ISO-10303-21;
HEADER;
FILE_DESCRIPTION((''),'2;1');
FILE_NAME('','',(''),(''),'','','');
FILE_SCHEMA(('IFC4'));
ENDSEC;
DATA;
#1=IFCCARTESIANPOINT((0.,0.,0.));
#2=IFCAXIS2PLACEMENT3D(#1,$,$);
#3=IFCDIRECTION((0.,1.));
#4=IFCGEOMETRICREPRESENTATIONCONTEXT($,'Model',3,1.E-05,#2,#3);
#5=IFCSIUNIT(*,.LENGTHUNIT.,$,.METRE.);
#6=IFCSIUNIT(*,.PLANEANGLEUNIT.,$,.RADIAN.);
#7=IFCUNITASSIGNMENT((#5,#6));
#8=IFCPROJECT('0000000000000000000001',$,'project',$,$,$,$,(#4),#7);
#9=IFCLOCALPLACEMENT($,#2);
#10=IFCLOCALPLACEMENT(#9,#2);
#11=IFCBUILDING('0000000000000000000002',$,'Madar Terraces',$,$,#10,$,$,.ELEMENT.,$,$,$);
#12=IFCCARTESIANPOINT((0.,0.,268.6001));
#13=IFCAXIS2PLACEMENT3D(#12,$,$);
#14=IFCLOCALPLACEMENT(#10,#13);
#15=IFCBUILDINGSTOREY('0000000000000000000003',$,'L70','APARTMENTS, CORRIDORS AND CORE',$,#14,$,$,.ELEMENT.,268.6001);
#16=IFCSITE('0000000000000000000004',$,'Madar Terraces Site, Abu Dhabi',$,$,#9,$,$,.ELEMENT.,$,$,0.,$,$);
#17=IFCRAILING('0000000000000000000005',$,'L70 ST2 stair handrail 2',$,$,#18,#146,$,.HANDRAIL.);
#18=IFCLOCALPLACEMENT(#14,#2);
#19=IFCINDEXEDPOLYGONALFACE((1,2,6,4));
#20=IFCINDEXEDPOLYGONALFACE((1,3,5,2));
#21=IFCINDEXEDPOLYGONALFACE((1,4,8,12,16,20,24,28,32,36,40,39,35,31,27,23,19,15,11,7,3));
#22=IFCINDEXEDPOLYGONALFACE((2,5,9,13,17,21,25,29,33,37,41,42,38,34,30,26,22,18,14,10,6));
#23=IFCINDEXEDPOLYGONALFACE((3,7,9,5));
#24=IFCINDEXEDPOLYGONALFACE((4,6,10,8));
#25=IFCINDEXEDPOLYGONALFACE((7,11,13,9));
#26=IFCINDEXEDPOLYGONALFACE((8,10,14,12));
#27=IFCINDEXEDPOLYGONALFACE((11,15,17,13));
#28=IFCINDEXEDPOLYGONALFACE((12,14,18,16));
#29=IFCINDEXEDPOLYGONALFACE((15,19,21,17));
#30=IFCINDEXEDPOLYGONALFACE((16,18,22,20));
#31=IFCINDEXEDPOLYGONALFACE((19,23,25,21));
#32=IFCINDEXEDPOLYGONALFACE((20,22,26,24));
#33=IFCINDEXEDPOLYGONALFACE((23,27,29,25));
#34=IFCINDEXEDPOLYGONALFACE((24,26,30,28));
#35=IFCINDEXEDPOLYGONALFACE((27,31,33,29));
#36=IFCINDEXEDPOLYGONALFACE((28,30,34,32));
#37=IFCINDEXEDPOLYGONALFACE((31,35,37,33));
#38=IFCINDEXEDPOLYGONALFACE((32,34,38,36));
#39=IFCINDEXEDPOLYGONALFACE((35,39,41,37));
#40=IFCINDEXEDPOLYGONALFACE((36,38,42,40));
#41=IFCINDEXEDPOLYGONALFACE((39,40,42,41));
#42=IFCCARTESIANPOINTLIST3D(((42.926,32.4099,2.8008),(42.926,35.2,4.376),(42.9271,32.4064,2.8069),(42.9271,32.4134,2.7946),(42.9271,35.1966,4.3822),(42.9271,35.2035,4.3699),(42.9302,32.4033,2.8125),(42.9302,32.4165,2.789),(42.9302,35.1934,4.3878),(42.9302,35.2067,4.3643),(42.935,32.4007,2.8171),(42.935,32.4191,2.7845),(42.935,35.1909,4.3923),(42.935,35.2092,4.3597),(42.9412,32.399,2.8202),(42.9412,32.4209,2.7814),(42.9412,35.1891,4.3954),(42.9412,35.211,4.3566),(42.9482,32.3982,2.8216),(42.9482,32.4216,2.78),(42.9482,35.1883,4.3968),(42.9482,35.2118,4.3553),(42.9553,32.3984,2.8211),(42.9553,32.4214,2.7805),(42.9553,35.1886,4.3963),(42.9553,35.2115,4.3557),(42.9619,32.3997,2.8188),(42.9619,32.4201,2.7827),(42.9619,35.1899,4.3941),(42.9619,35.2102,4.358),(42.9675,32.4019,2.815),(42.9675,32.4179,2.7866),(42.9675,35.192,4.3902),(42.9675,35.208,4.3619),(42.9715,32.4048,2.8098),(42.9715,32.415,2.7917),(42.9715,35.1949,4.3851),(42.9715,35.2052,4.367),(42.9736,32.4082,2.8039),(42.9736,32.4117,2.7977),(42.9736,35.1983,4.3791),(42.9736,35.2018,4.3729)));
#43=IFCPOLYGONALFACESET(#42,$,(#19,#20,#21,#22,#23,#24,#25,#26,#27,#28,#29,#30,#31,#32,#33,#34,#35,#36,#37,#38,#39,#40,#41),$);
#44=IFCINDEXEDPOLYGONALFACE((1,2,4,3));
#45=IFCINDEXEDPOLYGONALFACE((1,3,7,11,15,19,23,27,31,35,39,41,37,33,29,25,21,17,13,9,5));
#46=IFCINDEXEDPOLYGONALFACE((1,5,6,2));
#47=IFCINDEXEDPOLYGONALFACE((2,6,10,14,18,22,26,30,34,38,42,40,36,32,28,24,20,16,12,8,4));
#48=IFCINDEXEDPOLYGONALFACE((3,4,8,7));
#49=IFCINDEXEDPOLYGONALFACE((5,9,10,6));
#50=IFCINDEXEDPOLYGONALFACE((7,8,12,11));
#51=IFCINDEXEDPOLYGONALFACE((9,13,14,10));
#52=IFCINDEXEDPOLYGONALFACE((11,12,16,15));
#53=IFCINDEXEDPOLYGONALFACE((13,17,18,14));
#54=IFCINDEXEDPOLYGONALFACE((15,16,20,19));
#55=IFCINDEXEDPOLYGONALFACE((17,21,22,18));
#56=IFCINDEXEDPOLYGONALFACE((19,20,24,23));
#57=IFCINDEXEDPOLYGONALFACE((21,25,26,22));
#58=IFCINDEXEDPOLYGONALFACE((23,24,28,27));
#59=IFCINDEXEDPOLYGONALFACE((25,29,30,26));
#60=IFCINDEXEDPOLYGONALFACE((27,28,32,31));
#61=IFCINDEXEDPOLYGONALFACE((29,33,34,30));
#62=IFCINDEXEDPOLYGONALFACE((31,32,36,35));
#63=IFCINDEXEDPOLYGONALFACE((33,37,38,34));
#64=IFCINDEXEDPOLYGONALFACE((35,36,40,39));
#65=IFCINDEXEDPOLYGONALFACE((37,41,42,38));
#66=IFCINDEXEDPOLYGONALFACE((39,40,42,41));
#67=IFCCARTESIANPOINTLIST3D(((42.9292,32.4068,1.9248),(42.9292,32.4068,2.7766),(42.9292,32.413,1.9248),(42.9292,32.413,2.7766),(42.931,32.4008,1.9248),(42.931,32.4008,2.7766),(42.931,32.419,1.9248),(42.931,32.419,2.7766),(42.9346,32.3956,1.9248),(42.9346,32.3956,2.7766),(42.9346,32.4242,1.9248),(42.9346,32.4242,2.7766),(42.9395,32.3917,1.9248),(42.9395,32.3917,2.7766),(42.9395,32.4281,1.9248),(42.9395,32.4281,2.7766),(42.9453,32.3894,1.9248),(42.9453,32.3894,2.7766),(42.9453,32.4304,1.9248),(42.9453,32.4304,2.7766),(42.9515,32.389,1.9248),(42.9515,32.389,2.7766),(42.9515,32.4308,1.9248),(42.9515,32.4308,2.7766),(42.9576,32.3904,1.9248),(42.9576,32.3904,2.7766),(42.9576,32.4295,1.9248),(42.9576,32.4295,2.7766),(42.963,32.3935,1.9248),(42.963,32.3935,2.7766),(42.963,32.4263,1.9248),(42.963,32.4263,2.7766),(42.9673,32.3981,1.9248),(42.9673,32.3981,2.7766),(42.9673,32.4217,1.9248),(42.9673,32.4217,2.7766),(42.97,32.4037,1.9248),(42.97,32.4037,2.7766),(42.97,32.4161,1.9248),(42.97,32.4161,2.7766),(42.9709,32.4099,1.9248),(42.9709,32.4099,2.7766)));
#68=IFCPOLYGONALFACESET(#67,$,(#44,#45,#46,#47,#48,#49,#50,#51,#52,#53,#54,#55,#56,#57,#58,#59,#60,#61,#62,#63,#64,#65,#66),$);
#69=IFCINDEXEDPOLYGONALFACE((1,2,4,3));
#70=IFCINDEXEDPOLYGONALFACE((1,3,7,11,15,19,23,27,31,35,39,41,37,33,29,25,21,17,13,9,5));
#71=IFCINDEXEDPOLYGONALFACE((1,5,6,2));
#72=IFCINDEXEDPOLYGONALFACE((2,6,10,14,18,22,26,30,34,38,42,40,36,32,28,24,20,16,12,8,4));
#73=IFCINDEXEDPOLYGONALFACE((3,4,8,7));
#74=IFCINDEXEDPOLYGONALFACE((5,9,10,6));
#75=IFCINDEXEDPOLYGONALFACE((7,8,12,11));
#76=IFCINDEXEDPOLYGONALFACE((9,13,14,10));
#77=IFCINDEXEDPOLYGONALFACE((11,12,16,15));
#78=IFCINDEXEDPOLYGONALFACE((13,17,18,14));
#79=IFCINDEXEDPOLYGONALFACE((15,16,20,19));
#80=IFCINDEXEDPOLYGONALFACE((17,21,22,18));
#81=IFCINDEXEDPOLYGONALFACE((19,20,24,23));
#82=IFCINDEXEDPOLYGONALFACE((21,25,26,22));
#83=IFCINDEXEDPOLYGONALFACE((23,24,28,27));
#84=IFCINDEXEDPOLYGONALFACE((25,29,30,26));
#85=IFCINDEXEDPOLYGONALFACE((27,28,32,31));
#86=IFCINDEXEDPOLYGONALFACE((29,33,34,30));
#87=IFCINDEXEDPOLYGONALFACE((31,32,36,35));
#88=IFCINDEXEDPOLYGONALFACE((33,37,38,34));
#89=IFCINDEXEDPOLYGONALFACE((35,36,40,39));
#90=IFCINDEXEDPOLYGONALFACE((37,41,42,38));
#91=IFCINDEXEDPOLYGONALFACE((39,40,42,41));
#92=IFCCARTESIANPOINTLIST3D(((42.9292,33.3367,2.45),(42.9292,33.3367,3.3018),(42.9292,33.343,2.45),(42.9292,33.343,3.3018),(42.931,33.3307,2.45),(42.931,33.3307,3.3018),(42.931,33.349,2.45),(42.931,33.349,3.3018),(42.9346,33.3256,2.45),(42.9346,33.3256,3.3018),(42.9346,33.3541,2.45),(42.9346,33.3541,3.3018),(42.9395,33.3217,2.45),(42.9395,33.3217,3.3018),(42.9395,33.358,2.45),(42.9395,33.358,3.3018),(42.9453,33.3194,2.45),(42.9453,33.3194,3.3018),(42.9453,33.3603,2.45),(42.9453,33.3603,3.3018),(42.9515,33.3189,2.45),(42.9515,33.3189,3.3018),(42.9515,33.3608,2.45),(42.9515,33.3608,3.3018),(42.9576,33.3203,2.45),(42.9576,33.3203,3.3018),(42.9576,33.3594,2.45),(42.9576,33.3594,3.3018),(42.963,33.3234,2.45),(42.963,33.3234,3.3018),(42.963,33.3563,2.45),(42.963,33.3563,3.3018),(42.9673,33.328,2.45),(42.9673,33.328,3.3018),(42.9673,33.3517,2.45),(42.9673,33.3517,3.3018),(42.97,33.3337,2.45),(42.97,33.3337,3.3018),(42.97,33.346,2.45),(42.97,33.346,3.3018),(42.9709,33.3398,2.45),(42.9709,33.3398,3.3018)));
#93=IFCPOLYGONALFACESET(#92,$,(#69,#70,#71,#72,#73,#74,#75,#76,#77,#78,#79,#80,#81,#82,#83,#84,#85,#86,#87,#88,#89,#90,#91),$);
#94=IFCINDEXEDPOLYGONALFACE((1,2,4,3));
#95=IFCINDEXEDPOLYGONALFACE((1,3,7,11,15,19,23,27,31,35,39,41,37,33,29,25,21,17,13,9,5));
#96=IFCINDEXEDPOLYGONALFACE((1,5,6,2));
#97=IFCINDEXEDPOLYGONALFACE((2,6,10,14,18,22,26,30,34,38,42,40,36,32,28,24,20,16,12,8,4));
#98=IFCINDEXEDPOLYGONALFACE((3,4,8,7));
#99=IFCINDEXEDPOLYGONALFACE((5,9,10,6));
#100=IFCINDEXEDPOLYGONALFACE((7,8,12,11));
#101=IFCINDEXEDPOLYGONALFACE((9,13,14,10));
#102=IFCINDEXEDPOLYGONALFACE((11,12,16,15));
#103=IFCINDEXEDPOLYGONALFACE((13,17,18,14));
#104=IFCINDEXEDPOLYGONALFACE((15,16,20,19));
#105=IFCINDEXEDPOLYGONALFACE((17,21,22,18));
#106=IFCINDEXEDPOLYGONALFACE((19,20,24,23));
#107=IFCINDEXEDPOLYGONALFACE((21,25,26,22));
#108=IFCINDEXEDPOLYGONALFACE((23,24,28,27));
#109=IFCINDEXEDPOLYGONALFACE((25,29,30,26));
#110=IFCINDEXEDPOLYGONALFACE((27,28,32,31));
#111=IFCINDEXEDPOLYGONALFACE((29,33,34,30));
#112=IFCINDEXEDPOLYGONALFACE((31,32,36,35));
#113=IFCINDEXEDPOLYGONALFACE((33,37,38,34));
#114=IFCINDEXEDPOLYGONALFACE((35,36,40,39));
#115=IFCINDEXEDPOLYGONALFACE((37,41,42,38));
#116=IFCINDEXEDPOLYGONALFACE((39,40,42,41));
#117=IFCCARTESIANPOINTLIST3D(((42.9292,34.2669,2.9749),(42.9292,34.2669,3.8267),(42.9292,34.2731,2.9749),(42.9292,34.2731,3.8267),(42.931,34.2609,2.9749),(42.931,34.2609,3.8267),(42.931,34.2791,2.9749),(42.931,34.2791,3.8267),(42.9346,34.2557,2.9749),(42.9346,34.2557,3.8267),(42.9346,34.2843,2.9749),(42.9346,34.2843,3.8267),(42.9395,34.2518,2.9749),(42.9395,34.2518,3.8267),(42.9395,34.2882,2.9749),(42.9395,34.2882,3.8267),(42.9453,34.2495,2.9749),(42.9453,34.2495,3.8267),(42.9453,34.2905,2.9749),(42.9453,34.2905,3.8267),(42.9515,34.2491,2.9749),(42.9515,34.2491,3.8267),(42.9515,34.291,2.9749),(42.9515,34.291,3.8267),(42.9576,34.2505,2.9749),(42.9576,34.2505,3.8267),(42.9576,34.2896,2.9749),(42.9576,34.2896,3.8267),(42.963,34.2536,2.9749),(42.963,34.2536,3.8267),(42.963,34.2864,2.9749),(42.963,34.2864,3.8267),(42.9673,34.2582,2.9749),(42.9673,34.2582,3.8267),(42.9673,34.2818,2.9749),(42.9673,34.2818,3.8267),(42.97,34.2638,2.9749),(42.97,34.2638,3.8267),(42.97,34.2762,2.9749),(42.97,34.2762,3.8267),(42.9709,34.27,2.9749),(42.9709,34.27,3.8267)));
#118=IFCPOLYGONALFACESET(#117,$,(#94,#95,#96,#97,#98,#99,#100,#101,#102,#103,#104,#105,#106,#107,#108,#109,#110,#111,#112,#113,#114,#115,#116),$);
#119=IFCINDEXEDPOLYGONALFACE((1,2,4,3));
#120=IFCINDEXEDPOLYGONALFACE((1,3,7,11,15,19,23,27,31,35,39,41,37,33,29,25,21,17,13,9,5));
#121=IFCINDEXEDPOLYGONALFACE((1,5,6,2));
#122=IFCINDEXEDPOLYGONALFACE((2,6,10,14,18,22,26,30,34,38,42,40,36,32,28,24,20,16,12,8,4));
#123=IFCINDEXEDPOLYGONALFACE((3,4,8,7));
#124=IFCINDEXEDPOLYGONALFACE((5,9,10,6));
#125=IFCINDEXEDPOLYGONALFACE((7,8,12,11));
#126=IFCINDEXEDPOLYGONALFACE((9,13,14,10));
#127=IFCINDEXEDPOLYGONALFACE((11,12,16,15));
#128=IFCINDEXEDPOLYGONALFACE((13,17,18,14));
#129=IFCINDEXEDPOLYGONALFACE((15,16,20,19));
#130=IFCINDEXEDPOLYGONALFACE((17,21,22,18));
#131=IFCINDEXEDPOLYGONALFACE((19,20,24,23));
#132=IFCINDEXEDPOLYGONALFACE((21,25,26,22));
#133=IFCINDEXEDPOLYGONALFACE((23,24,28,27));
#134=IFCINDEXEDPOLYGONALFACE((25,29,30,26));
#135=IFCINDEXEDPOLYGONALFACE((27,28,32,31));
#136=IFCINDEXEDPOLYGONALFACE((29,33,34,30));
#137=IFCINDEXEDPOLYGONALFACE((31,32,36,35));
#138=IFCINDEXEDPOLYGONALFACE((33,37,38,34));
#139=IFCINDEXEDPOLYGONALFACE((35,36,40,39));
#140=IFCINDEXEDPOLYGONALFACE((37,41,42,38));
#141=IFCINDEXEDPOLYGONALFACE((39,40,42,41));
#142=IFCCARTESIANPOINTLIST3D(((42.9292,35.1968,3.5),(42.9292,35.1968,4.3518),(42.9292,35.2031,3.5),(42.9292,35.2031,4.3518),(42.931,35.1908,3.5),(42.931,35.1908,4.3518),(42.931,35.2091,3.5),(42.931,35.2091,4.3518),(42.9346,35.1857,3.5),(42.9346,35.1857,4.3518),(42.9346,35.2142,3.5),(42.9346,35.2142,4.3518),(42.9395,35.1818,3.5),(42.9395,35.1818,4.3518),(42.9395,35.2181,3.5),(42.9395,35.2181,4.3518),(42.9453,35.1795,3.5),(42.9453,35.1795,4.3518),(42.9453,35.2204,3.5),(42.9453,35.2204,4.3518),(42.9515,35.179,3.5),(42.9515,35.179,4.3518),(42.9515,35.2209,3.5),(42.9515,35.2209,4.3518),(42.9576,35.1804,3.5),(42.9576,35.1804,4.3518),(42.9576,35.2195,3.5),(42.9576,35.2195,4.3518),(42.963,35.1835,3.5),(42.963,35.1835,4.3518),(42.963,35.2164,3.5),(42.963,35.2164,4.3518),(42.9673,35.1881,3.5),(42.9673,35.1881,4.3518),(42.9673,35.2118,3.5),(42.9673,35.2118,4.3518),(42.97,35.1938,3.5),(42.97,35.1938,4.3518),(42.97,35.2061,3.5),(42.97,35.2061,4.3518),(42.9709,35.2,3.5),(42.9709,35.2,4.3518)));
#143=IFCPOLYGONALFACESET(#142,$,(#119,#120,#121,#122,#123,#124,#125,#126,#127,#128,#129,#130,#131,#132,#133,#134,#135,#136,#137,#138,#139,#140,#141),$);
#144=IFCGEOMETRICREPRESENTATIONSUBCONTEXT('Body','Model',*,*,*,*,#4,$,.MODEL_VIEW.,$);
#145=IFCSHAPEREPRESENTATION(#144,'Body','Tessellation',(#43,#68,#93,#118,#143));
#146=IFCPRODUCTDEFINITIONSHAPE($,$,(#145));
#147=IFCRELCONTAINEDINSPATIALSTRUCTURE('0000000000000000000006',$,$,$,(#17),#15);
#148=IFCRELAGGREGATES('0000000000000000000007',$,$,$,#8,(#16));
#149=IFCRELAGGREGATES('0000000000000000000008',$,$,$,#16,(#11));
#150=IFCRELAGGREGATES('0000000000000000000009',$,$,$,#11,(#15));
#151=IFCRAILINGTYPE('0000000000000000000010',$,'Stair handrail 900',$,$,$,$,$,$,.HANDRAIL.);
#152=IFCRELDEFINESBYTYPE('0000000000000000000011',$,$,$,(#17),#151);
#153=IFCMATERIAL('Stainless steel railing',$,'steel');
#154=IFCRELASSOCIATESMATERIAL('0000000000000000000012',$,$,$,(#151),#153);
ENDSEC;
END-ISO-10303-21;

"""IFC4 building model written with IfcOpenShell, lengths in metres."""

from ifc_helpers import new_model, si_unit, direction, frame, origin, origin_2d, place, context, subcontext, project, spatial, circle, extrude, material, type_object, element, save


model = new_model("IFC4")

# Units and contexts
model_context = context("Model", 3, precision=1e-05, world=origin(), true_north=direction((0.0, 1.0)))
body_context = subcontext(model_context, "Body", "Model", "MODEL_VIEW")
ifc_project = project(units=[si_unit("LENGTHUNIT", "METRE"), si_unit("PLANEANGLEUNIT", "RADIAN")], contexts=[model_context])

# Site, building, storey
site_placement = place(None, origin())
site = spatial("IfcSite", under=ifc_project, at=site_placement, Name="Madar Terraces Site, Abu Dhabi", CompositionType="ELEMENT", RefElevation=0.0)
building_placement = place(site_placement, origin())
building = spatial("IfcBuilding", under=site, at=building_placement, Name="Madar Terraces", CompositionType="ELEMENT")
storey_placement = place(building_placement, frame((0.0, 0.0, 268.6001)))
storey = spatial("IfcBuildingStorey", under=building, at=storey_placement, Name="L70", Description="APARTMENTS, CORRIDORS AND CORE", CompositionType="ELEMENT", Elevation=268.6001)

# Railing
ifc_material_1 = material(Name="Stainless steel railing", Category="steel")
railing_type_1 = type_object("IfcRailingType", Name="Stair handrail 900", PredefinedType="HANDRAIL", material=ifc_material_1)
railing_1_placement = place(storey_placement, frame((42.95, 32.4099, 1.9248)))
element("IfcRailing", 1, at=railing_1_placement, inside=storey, type_object=railing_type_1, Name="L70 ST2 stair handrail 2", PredefinedType="HANDRAIL", context=body_context, shape_type="SweptSolid", body=[
    extrude(circle(Radius=0.0239, at=origin_2d()), frame((0.0, 0.0, 0.876), z_axis=(0.0, 0.870801, 0.491635), x_axis=(-1.0, 0.0, 0.0)), (0.0, 0.0, 1.0), 3.2041),
    extrude(circle(Radius=0.021, at=origin_2d()), origin(), (0.0, 0.0, 1.0), 0.8518),
    extrude(circle(Radius=0.021, at=origin_2d()), frame((0.0, 0.9299, 0.5251)), (0.0, 0.0, 1.0), 0.8518),
    extrude(circle(Radius=0.021, at=origin_2d()), frame((0.0, 1.8601, 1.05)), (0.0, 0.0, 1.0), 0.8518),
    extrude(circle(Radius=0.021, at=origin_2d()), frame((0.0, 2.79, 1.5752)), (0.0, 0.0, 1.0), 0.8518),
])

save(model, "model.ifc")
